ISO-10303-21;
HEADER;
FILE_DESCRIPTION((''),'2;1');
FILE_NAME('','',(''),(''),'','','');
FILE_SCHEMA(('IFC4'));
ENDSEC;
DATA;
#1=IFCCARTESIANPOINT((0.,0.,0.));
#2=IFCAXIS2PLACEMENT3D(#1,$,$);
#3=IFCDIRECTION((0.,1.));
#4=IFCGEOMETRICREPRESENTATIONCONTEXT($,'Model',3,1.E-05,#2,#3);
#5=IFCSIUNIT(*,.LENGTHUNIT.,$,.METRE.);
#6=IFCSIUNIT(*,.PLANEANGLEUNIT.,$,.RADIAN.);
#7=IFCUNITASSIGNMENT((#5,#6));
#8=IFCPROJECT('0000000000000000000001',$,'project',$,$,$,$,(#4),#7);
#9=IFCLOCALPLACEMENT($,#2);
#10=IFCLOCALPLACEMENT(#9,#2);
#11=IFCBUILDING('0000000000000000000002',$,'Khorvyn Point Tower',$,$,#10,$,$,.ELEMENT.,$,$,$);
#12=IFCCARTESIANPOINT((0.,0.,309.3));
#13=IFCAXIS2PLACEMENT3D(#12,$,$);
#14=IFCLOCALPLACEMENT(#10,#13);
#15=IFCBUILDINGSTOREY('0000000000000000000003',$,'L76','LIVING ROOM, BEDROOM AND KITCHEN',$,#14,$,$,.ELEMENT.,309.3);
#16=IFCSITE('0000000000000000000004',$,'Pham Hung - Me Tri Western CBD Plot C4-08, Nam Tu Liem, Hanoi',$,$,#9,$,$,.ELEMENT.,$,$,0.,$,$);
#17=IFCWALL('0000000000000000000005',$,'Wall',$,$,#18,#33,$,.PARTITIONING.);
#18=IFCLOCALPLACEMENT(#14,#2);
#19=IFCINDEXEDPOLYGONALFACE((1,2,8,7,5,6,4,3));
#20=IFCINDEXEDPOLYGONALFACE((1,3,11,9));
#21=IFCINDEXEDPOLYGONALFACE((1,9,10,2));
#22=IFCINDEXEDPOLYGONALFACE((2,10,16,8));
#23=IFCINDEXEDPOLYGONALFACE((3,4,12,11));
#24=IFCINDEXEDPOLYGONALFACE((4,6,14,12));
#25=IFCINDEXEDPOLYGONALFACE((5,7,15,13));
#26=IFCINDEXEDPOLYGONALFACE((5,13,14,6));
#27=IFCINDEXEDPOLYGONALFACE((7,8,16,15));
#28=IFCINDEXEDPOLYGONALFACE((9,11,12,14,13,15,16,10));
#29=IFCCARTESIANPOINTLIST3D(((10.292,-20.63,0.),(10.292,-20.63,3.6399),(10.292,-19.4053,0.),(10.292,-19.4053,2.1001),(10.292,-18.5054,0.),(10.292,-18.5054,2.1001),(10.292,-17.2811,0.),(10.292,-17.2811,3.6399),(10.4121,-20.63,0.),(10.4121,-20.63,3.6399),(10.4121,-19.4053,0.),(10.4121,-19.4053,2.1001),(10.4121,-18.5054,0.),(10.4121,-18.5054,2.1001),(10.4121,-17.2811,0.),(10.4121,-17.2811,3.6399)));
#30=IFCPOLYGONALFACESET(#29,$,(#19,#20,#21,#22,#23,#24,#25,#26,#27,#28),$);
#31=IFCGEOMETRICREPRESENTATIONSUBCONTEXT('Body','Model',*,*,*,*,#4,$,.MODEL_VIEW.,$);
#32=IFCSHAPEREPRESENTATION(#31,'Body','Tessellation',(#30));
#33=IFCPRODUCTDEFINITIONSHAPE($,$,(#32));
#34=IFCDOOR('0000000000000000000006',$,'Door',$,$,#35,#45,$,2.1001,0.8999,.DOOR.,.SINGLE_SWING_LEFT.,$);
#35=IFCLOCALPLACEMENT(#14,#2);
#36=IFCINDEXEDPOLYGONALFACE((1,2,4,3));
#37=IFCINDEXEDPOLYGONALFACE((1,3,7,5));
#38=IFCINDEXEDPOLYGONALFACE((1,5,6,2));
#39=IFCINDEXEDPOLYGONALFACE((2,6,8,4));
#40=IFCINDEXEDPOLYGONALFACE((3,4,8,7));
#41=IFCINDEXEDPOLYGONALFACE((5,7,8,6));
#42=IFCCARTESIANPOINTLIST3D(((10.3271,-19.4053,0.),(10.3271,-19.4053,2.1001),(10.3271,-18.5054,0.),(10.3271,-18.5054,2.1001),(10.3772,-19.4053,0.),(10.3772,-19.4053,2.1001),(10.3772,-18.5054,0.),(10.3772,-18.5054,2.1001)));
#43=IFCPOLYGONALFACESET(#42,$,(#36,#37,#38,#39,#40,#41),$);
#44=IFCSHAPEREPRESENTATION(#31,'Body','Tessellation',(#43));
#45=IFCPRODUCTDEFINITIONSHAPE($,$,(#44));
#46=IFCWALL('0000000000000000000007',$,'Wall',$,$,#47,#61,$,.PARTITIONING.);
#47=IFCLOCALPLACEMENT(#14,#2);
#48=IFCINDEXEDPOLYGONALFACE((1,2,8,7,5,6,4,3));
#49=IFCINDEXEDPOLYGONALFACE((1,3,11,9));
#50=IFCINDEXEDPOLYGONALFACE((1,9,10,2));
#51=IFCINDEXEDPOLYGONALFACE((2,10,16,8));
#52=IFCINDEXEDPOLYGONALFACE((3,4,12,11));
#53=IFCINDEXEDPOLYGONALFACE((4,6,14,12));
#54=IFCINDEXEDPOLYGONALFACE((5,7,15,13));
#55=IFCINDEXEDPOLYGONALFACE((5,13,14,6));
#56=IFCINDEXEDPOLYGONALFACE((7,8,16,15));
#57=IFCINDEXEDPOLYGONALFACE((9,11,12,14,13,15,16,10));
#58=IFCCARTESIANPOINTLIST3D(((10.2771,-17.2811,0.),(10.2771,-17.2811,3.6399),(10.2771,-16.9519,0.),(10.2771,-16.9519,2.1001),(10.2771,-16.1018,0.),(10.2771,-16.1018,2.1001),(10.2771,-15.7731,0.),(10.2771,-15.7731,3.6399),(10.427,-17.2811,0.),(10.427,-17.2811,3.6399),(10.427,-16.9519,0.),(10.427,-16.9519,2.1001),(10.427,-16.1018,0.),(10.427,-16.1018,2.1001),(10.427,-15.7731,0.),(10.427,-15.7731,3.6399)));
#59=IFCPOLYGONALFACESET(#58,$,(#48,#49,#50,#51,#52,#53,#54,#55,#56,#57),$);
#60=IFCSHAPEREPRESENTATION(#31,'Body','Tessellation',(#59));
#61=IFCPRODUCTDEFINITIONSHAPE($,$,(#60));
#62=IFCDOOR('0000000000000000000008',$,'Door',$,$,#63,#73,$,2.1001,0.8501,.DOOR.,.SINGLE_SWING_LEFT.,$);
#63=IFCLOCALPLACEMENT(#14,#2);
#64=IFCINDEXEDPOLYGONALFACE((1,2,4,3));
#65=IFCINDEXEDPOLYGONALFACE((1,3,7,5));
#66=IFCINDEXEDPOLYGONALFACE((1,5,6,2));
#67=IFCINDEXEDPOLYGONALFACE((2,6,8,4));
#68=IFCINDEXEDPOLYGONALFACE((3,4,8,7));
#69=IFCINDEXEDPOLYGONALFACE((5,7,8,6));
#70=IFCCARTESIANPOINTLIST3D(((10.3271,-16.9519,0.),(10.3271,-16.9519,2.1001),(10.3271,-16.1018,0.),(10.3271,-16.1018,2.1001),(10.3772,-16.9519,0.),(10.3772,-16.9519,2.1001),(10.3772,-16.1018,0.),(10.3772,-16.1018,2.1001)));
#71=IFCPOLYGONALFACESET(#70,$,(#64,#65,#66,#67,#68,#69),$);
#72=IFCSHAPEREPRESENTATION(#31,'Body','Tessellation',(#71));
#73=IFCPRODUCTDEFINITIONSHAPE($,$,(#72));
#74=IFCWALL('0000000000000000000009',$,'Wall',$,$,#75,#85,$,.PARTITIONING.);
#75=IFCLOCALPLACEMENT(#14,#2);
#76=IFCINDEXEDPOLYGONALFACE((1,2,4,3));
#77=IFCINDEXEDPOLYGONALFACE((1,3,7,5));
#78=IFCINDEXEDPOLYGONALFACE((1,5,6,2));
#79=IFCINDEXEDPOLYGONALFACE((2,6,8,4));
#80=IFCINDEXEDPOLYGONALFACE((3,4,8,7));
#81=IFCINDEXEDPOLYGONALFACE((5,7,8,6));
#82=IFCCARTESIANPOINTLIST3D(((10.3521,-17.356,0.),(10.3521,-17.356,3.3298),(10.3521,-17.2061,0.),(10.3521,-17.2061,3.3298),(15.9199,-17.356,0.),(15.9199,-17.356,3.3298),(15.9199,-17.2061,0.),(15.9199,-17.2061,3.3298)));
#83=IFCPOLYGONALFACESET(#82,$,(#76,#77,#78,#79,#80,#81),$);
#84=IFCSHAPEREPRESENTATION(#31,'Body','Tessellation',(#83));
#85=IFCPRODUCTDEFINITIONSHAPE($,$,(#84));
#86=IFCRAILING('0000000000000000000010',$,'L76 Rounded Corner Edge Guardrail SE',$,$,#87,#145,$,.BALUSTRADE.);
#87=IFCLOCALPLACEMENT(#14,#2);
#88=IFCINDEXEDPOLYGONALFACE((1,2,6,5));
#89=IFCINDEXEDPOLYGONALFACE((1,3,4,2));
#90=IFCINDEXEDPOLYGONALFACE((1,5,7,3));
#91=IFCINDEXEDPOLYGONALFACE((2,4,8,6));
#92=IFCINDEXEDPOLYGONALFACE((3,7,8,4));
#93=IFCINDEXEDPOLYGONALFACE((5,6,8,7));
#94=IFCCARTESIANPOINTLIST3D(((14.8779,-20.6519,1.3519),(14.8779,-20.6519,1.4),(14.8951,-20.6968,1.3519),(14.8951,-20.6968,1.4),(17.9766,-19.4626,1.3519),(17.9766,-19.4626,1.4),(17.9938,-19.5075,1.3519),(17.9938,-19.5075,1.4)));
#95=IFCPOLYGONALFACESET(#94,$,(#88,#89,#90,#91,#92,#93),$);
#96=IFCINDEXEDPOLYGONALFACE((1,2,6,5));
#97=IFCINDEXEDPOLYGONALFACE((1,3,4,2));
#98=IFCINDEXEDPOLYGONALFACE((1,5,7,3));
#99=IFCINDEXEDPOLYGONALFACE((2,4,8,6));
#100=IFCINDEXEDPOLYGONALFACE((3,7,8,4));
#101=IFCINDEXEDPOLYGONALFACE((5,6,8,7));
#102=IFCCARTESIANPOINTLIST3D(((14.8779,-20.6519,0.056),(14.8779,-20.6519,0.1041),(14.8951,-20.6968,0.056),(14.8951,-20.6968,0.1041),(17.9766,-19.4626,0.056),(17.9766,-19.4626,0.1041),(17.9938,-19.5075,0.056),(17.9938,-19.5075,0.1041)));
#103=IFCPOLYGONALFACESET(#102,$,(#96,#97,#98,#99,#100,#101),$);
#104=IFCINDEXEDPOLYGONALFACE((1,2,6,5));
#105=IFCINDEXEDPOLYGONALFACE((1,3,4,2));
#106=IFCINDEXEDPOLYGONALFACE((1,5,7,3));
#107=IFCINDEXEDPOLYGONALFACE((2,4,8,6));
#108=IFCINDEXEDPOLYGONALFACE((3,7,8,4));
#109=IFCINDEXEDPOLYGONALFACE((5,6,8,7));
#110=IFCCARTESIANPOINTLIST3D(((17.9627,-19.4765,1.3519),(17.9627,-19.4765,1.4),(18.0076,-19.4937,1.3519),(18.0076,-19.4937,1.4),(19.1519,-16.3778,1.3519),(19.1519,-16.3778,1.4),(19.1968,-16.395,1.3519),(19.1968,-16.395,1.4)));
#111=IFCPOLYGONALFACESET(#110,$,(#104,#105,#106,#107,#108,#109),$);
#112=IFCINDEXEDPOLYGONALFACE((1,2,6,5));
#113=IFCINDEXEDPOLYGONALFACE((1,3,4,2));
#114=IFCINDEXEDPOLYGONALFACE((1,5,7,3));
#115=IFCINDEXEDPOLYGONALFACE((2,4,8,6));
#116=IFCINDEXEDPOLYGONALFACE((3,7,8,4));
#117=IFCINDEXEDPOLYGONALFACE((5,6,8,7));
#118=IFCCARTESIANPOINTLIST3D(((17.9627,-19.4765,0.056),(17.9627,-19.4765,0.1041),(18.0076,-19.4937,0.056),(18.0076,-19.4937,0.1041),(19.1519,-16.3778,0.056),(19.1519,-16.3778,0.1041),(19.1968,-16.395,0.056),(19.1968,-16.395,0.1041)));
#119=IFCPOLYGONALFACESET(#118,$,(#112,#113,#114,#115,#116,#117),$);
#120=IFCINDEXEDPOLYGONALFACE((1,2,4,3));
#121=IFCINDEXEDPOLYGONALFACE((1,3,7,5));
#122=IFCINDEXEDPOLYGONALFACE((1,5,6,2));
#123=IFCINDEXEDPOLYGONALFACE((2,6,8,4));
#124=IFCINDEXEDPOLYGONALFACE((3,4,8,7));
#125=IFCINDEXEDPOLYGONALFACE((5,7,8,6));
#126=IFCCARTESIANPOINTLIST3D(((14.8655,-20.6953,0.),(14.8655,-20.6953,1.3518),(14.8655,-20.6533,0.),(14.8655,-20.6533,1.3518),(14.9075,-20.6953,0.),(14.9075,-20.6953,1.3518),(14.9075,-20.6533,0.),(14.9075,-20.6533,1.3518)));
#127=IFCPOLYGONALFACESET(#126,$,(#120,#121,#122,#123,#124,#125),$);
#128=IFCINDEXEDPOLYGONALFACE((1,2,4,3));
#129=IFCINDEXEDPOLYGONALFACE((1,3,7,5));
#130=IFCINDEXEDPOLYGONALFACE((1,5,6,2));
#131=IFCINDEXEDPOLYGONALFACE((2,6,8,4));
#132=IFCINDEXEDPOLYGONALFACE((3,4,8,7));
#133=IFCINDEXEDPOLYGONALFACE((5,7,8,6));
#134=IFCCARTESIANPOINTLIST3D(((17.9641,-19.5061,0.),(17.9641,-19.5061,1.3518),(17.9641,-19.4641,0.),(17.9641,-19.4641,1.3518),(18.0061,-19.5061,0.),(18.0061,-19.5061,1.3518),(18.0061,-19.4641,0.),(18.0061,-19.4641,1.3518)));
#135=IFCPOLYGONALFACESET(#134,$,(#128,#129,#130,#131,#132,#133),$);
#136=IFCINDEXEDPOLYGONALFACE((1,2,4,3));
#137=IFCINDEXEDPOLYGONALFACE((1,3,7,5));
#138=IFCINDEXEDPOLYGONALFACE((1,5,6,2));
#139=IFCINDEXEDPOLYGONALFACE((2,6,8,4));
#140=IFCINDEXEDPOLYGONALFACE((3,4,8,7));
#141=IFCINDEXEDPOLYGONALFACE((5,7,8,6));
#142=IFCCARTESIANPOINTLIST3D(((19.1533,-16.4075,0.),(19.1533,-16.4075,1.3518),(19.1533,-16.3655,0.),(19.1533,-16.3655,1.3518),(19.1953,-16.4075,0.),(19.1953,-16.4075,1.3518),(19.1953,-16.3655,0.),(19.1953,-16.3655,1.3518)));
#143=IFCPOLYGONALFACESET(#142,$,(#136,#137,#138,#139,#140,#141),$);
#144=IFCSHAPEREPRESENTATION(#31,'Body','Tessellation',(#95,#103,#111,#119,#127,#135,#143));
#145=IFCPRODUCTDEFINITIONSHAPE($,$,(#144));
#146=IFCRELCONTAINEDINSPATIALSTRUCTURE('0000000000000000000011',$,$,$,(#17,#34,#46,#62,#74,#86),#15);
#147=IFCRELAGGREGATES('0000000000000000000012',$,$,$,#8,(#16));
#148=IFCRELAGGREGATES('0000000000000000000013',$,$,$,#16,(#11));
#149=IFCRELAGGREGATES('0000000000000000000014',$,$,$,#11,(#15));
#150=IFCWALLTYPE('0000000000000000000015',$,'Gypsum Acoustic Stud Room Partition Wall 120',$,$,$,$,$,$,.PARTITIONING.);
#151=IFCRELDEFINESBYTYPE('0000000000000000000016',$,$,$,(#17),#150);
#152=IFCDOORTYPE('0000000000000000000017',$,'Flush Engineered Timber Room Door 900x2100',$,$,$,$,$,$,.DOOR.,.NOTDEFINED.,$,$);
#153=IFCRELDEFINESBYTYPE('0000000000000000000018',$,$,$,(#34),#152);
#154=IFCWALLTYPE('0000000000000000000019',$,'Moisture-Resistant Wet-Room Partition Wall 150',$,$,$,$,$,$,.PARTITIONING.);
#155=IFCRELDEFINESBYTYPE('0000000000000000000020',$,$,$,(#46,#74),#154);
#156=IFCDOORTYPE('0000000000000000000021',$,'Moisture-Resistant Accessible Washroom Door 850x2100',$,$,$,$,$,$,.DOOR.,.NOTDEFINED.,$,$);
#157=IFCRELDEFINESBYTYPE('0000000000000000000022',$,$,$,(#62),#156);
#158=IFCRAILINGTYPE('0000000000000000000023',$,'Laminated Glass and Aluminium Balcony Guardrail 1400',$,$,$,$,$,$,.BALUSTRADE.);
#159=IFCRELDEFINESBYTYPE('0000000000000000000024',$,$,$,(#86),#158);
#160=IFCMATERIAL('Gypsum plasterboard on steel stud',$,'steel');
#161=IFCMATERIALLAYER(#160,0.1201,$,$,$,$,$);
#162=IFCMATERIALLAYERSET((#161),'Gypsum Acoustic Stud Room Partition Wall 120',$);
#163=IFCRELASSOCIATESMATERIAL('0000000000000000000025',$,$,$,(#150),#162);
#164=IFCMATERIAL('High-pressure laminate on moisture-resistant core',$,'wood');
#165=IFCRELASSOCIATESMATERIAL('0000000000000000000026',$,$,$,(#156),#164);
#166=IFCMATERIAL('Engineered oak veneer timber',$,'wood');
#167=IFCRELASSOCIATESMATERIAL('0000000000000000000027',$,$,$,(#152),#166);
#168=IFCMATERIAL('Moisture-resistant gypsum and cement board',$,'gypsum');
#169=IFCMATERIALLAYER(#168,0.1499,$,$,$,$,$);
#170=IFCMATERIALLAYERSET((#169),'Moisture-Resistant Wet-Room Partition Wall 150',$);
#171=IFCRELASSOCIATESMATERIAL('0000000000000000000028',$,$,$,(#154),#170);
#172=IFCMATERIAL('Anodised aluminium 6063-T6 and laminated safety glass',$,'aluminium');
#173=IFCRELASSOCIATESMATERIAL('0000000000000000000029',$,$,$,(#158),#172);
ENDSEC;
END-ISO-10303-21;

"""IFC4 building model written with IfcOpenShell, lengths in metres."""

from ifc_helpers import new_model, si_unit, direction, frame, frame_2d, origin, origin_2d, place, context, subcontext, project, spatial, rectangle, extrude, material, layer, layer_set, type_object, element, fill, save


model = new_model("IFC4")

# Units and contexts
model_context = context("Model", 3, precision=1e-05, world=origin(), true_north=direction((0.0, 1.0)))
body_context = subcontext(model_context, "Body", "Model", "MODEL_VIEW")
ifc_project = project(units=[si_unit("LENGTHUNIT", "METRE"), si_unit("PLANEANGLEUNIT", "RADIAN")], contexts=[model_context])

# Site, building, storey
site_placement = place(None, origin())
site = spatial("IfcSite", under=ifc_project, at=site_placement, Name="Pham Hung - Me Tri Western CBD Plot C4-08, Nam Tu Liem, Hanoi", CompositionType="ELEMENT", RefElevation=0.0)
building_placement = place(site_placement, origin())
building = spatial("IfcBuilding", under=site, at=building_placement, Name="Khorvyn Point Tower", CompositionType="ELEMENT")
storey_placement = place(building_placement, frame((0.0, 0.0, 309.3)))
storey = spatial("IfcBuildingStorey", under=building, at=storey_placement, Name="L76", Description="LIVING ROOM, BEDROOM AND KITCHEN", CompositionType="ELEMENT", Elevation=309.3)

# Walls, openings, doors
ifc_material_1 = material(Name="Gypsum plasterboard on steel stud", Category="steel")
ifc_layer_1 = layer(ifc_material_1, 0.1201)
ifc_layer_set_1 = layer_set([ifc_layer_1], Name="Gypsum Acoustic Stud Room Partition Wall 120")
wall_type_1 = type_object("IfcWallType", Name="Gypsum Acoustic Stud Room Partition Wall 120", PredefinedType="PARTITIONING", material=ifc_layer_set_1)
ifc_material_2 = material(Name="High-pressure laminate on moisture-resistant core", Category="wood")
door_type_1 = type_object("IfcDoorType", Name="Moisture-Resistant Accessible Washroom Door 850x2100", OperationType="NOTDEFINED", PredefinedType="DOOR", material=ifc_material_2)
wall_1_placement = place(storey_placement, frame((10.3521, -20.6299, 0.0), z_axis=(0.0, 0.0, 1.0), x_axis=(0.0, 1.0, 0.0)))
wall_1 = element("IfcWall", 1, at=wall_1_placement, inside=storey, type_object=wall_type_1, Name="Wall", PredefinedType="PARTITIONING", context=body_context, shape_type="SweptSolid", body=[
    extrude(rectangle(XDim=3.3489, YDim=0.1201, at=frame_2d((1.6743, 0.0))), origin(), (0.0, 0.0, 1.0), 3.6399),
])
opening_1_placement = place(wall_1_placement, frame((1.2246, 0.0, 0.0)))
opening_1 = element("IfcOpeningElement", 2, at=opening_1_placement, cuts=wall_1, PredefinedType="OPENING", context=body_context, shape_type="SweptSolid", body=[
    extrude(rectangle(XDim=0.8999, YDim=2.1001, at=frame_2d((0.45, 1.05))), frame((0.0, 0.0701, 0.0), z_axis=(0.0, -1.0, 0.0), x_axis=(1.0, 0.0, 0.0)), (0.0, 0.0, 1.0), 0.1401),
])
ifc_material_3 = material(Name="Engineered oak veneer timber", Category="wood")
door_type_2 = type_object("IfcDoorType", Name="Flush Engineered Timber Room Door 900x2100", OperationType="NOTDEFINED", PredefinedType="DOOR", material=ifc_material_3)
door_1_placement = place(opening_1_placement, origin())
door_1 = element("IfcDoor", 3, at=door_1_placement, inside=storey, type_object=door_type_2, Name="Door", OperationType="SINGLE_SWING_LEFT", OverallHeight=2.1001, OverallWidth=0.8999, PredefinedType="DOOR", context=body_context, shape_type="SweptSolid", body=[
    extrude(rectangle(XDim=0.8999, YDim=2.1001, at=frame_2d((0.45, 1.05))), frame((0.0, 0.0249, 0.0), z_axis=(0.0, -1.0, 0.0), x_axis=(1.0, 0.0, 0.0)), (0.0, 0.0, 1.0), 0.05),
])
fill(opening_1, door_1)
ifc_material_4 = material(Name="Moisture-resistant gypsum and cement board", Category="gypsum")
ifc_layer_2 = layer(ifc_material_4, 0.1499)
ifc_layer_set_2 = layer_set([ifc_layer_2], Name="Moisture-Resistant Wet-Room Partition Wall 150")
wall_type_2 = type_object("IfcWallType", Name="Moisture-Resistant Wet-Room Partition Wall 150", PredefinedType="PARTITIONING", material=ifc_layer_set_2)
wall_2_placement = place(storey_placement, frame((10.3521, -17.281, 0.0), z_axis=(0.0, 0.0, 1.0), x_axis=(0.0, 1.0, 0.0)))
wall_2 = element("IfcWall", 4, at=wall_2_placement, inside=storey, type_object=wall_type_2, Name="Wall", PredefinedType="PARTITIONING", context=body_context, shape_type="SweptSolid", body=[
    extrude(rectangle(XDim=1.5081, YDim=0.1499, at=frame_2d((0.7539, 0.0))), origin(), (0.0, 0.0, 1.0), 3.6399),
])
opening_2_placement = place(wall_2_placement, frame((0.3291, 0.0, 0.0)))
opening_2 = element("IfcOpeningElement", 5, at=opening_2_placement, cuts=wall_2, PredefinedType="OPENING", context=body_context, shape_type="SweptSolid", body=[
    extrude(rectangle(XDim=0.8501, YDim=2.1001, at=frame_2d((0.425, 1.05))), frame((0.0, 0.085, 0.0), z_axis=(0.0, -1.0, 0.0), x_axis=(1.0, 0.0, 0.0)), (0.0, 0.0, 1.0), 0.1699),
])
door_2_placement = place(opening_2_placement, origin())
door_2 = element("IfcDoor", 6, at=door_2_placement, inside=storey, type_object=door_type_1, Name="Door", OperationType="SINGLE_SWING_LEFT", OverallHeight=2.1001, OverallWidth=0.8501, PredefinedType="DOOR", context=body_context, shape_type="SweptSolid", body=[
    extrude(rectangle(XDim=0.8501, YDim=2.1001, at=frame_2d((0.425, 1.05))), frame((0.0, 0.0249, 0.0), z_axis=(0.0, -1.0, 0.0), x_axis=(1.0, 0.0, 0.0)), (0.0, 0.0, 1.0), 0.05),
])
fill(opening_2, door_2)

# Wall
wall_3_placement = place(storey_placement, frame((10.3521, -17.281, 0.0), z_axis=(0.0, 0.0, 1.0), x_axis=(1.0, 0.0, 0.0)))
element("IfcWall", 7, at=wall_3_placement, inside=storey, type_object=wall_type_2, Name="Wall", PredefinedType="PARTITIONING", context=body_context, shape_type="SweptSolid", body=[
    extrude(rectangle(XDim=5.5679, YDim=0.1499, at=frame_2d((2.7839, 0.0))), origin(), (0.0, 0.0, 1.0), 3.3298),
])

# Railing
ifc_material_5 = material(Name="Anodised aluminium 6063-T6 and laminated safety glass", Category="aluminium")
railing_type = type_object("IfcRailingType", Name="Laminated Glass and Aluminium Balcony Guardrail 1400", PredefinedType="BALUSTRADE", material=ifc_material_5)
railing_placement = place(storey_placement, frame((14.8865, -20.6743, 0.0)))
element("IfcRailing", 8, at=railing_placement, inside=storey, type_object=railing_type, Name="L76 Rounded Corner Edge Guardrail SE", PredefinedType="BALUSTRADE", context=body_context, shape_type="SweptSolid", body=[
    extrude(rectangle(XDim=0.0481, YDim=0.0481, at=origin_2d()), frame((0.0, 0.0, 1.376), z_axis=(0.933605, 0.358304, 0.0), x_axis=(-0.358304, 0.933605, 0.0)), (0.0, 0.0, 1.0), 3.3191),
    extrude(rectangle(XDim=0.0481, YDim=0.0481, at=origin_2d()), frame((0.0, 0.0, 0.0801), z_axis=(0.933605, 0.358304, 0.0), x_axis=(-0.358304, 0.933605, 0.0)), (0.0, 0.0, 1.0), 3.3191),
    extrude(rectangle(XDim=0.0481, YDim=0.0481, at=origin_2d()), frame((3.0986, 1.1892, 1.376), z_axis=(0.358304, 0.933605, 0.0), x_axis=(-0.933605, 0.358304, 0.0)), (0.0, 0.0, 1.0), 3.3191),
    extrude(rectangle(XDim=0.0481, YDim=0.0481, at=origin_2d()), frame((3.0986, 1.1892, 0.0801), z_axis=(0.358304, 0.933605, 0.0), x_axis=(-0.933605, 0.358304, 0.0)), (0.0, 0.0, 1.0), 3.3191),
    extrude(rectangle(XDim=0.042, YDim=0.042, at=origin_2d()), origin(), (0.0, 0.0, 1.0), 1.3518),
    extrude(rectangle(XDim=0.042, YDim=0.042, at=origin_2d()), frame((3.0986, 1.1892, 0.0)), (0.0, 0.0, 1.0), 1.3518),
    extrude(rectangle(XDim=0.042, YDim=0.042, at=origin_2d()), frame((4.2878, 4.2878, 0.0)), (0.0, 0.0, 1.0), 1.3518),
])

save(model, "model.ifc")
